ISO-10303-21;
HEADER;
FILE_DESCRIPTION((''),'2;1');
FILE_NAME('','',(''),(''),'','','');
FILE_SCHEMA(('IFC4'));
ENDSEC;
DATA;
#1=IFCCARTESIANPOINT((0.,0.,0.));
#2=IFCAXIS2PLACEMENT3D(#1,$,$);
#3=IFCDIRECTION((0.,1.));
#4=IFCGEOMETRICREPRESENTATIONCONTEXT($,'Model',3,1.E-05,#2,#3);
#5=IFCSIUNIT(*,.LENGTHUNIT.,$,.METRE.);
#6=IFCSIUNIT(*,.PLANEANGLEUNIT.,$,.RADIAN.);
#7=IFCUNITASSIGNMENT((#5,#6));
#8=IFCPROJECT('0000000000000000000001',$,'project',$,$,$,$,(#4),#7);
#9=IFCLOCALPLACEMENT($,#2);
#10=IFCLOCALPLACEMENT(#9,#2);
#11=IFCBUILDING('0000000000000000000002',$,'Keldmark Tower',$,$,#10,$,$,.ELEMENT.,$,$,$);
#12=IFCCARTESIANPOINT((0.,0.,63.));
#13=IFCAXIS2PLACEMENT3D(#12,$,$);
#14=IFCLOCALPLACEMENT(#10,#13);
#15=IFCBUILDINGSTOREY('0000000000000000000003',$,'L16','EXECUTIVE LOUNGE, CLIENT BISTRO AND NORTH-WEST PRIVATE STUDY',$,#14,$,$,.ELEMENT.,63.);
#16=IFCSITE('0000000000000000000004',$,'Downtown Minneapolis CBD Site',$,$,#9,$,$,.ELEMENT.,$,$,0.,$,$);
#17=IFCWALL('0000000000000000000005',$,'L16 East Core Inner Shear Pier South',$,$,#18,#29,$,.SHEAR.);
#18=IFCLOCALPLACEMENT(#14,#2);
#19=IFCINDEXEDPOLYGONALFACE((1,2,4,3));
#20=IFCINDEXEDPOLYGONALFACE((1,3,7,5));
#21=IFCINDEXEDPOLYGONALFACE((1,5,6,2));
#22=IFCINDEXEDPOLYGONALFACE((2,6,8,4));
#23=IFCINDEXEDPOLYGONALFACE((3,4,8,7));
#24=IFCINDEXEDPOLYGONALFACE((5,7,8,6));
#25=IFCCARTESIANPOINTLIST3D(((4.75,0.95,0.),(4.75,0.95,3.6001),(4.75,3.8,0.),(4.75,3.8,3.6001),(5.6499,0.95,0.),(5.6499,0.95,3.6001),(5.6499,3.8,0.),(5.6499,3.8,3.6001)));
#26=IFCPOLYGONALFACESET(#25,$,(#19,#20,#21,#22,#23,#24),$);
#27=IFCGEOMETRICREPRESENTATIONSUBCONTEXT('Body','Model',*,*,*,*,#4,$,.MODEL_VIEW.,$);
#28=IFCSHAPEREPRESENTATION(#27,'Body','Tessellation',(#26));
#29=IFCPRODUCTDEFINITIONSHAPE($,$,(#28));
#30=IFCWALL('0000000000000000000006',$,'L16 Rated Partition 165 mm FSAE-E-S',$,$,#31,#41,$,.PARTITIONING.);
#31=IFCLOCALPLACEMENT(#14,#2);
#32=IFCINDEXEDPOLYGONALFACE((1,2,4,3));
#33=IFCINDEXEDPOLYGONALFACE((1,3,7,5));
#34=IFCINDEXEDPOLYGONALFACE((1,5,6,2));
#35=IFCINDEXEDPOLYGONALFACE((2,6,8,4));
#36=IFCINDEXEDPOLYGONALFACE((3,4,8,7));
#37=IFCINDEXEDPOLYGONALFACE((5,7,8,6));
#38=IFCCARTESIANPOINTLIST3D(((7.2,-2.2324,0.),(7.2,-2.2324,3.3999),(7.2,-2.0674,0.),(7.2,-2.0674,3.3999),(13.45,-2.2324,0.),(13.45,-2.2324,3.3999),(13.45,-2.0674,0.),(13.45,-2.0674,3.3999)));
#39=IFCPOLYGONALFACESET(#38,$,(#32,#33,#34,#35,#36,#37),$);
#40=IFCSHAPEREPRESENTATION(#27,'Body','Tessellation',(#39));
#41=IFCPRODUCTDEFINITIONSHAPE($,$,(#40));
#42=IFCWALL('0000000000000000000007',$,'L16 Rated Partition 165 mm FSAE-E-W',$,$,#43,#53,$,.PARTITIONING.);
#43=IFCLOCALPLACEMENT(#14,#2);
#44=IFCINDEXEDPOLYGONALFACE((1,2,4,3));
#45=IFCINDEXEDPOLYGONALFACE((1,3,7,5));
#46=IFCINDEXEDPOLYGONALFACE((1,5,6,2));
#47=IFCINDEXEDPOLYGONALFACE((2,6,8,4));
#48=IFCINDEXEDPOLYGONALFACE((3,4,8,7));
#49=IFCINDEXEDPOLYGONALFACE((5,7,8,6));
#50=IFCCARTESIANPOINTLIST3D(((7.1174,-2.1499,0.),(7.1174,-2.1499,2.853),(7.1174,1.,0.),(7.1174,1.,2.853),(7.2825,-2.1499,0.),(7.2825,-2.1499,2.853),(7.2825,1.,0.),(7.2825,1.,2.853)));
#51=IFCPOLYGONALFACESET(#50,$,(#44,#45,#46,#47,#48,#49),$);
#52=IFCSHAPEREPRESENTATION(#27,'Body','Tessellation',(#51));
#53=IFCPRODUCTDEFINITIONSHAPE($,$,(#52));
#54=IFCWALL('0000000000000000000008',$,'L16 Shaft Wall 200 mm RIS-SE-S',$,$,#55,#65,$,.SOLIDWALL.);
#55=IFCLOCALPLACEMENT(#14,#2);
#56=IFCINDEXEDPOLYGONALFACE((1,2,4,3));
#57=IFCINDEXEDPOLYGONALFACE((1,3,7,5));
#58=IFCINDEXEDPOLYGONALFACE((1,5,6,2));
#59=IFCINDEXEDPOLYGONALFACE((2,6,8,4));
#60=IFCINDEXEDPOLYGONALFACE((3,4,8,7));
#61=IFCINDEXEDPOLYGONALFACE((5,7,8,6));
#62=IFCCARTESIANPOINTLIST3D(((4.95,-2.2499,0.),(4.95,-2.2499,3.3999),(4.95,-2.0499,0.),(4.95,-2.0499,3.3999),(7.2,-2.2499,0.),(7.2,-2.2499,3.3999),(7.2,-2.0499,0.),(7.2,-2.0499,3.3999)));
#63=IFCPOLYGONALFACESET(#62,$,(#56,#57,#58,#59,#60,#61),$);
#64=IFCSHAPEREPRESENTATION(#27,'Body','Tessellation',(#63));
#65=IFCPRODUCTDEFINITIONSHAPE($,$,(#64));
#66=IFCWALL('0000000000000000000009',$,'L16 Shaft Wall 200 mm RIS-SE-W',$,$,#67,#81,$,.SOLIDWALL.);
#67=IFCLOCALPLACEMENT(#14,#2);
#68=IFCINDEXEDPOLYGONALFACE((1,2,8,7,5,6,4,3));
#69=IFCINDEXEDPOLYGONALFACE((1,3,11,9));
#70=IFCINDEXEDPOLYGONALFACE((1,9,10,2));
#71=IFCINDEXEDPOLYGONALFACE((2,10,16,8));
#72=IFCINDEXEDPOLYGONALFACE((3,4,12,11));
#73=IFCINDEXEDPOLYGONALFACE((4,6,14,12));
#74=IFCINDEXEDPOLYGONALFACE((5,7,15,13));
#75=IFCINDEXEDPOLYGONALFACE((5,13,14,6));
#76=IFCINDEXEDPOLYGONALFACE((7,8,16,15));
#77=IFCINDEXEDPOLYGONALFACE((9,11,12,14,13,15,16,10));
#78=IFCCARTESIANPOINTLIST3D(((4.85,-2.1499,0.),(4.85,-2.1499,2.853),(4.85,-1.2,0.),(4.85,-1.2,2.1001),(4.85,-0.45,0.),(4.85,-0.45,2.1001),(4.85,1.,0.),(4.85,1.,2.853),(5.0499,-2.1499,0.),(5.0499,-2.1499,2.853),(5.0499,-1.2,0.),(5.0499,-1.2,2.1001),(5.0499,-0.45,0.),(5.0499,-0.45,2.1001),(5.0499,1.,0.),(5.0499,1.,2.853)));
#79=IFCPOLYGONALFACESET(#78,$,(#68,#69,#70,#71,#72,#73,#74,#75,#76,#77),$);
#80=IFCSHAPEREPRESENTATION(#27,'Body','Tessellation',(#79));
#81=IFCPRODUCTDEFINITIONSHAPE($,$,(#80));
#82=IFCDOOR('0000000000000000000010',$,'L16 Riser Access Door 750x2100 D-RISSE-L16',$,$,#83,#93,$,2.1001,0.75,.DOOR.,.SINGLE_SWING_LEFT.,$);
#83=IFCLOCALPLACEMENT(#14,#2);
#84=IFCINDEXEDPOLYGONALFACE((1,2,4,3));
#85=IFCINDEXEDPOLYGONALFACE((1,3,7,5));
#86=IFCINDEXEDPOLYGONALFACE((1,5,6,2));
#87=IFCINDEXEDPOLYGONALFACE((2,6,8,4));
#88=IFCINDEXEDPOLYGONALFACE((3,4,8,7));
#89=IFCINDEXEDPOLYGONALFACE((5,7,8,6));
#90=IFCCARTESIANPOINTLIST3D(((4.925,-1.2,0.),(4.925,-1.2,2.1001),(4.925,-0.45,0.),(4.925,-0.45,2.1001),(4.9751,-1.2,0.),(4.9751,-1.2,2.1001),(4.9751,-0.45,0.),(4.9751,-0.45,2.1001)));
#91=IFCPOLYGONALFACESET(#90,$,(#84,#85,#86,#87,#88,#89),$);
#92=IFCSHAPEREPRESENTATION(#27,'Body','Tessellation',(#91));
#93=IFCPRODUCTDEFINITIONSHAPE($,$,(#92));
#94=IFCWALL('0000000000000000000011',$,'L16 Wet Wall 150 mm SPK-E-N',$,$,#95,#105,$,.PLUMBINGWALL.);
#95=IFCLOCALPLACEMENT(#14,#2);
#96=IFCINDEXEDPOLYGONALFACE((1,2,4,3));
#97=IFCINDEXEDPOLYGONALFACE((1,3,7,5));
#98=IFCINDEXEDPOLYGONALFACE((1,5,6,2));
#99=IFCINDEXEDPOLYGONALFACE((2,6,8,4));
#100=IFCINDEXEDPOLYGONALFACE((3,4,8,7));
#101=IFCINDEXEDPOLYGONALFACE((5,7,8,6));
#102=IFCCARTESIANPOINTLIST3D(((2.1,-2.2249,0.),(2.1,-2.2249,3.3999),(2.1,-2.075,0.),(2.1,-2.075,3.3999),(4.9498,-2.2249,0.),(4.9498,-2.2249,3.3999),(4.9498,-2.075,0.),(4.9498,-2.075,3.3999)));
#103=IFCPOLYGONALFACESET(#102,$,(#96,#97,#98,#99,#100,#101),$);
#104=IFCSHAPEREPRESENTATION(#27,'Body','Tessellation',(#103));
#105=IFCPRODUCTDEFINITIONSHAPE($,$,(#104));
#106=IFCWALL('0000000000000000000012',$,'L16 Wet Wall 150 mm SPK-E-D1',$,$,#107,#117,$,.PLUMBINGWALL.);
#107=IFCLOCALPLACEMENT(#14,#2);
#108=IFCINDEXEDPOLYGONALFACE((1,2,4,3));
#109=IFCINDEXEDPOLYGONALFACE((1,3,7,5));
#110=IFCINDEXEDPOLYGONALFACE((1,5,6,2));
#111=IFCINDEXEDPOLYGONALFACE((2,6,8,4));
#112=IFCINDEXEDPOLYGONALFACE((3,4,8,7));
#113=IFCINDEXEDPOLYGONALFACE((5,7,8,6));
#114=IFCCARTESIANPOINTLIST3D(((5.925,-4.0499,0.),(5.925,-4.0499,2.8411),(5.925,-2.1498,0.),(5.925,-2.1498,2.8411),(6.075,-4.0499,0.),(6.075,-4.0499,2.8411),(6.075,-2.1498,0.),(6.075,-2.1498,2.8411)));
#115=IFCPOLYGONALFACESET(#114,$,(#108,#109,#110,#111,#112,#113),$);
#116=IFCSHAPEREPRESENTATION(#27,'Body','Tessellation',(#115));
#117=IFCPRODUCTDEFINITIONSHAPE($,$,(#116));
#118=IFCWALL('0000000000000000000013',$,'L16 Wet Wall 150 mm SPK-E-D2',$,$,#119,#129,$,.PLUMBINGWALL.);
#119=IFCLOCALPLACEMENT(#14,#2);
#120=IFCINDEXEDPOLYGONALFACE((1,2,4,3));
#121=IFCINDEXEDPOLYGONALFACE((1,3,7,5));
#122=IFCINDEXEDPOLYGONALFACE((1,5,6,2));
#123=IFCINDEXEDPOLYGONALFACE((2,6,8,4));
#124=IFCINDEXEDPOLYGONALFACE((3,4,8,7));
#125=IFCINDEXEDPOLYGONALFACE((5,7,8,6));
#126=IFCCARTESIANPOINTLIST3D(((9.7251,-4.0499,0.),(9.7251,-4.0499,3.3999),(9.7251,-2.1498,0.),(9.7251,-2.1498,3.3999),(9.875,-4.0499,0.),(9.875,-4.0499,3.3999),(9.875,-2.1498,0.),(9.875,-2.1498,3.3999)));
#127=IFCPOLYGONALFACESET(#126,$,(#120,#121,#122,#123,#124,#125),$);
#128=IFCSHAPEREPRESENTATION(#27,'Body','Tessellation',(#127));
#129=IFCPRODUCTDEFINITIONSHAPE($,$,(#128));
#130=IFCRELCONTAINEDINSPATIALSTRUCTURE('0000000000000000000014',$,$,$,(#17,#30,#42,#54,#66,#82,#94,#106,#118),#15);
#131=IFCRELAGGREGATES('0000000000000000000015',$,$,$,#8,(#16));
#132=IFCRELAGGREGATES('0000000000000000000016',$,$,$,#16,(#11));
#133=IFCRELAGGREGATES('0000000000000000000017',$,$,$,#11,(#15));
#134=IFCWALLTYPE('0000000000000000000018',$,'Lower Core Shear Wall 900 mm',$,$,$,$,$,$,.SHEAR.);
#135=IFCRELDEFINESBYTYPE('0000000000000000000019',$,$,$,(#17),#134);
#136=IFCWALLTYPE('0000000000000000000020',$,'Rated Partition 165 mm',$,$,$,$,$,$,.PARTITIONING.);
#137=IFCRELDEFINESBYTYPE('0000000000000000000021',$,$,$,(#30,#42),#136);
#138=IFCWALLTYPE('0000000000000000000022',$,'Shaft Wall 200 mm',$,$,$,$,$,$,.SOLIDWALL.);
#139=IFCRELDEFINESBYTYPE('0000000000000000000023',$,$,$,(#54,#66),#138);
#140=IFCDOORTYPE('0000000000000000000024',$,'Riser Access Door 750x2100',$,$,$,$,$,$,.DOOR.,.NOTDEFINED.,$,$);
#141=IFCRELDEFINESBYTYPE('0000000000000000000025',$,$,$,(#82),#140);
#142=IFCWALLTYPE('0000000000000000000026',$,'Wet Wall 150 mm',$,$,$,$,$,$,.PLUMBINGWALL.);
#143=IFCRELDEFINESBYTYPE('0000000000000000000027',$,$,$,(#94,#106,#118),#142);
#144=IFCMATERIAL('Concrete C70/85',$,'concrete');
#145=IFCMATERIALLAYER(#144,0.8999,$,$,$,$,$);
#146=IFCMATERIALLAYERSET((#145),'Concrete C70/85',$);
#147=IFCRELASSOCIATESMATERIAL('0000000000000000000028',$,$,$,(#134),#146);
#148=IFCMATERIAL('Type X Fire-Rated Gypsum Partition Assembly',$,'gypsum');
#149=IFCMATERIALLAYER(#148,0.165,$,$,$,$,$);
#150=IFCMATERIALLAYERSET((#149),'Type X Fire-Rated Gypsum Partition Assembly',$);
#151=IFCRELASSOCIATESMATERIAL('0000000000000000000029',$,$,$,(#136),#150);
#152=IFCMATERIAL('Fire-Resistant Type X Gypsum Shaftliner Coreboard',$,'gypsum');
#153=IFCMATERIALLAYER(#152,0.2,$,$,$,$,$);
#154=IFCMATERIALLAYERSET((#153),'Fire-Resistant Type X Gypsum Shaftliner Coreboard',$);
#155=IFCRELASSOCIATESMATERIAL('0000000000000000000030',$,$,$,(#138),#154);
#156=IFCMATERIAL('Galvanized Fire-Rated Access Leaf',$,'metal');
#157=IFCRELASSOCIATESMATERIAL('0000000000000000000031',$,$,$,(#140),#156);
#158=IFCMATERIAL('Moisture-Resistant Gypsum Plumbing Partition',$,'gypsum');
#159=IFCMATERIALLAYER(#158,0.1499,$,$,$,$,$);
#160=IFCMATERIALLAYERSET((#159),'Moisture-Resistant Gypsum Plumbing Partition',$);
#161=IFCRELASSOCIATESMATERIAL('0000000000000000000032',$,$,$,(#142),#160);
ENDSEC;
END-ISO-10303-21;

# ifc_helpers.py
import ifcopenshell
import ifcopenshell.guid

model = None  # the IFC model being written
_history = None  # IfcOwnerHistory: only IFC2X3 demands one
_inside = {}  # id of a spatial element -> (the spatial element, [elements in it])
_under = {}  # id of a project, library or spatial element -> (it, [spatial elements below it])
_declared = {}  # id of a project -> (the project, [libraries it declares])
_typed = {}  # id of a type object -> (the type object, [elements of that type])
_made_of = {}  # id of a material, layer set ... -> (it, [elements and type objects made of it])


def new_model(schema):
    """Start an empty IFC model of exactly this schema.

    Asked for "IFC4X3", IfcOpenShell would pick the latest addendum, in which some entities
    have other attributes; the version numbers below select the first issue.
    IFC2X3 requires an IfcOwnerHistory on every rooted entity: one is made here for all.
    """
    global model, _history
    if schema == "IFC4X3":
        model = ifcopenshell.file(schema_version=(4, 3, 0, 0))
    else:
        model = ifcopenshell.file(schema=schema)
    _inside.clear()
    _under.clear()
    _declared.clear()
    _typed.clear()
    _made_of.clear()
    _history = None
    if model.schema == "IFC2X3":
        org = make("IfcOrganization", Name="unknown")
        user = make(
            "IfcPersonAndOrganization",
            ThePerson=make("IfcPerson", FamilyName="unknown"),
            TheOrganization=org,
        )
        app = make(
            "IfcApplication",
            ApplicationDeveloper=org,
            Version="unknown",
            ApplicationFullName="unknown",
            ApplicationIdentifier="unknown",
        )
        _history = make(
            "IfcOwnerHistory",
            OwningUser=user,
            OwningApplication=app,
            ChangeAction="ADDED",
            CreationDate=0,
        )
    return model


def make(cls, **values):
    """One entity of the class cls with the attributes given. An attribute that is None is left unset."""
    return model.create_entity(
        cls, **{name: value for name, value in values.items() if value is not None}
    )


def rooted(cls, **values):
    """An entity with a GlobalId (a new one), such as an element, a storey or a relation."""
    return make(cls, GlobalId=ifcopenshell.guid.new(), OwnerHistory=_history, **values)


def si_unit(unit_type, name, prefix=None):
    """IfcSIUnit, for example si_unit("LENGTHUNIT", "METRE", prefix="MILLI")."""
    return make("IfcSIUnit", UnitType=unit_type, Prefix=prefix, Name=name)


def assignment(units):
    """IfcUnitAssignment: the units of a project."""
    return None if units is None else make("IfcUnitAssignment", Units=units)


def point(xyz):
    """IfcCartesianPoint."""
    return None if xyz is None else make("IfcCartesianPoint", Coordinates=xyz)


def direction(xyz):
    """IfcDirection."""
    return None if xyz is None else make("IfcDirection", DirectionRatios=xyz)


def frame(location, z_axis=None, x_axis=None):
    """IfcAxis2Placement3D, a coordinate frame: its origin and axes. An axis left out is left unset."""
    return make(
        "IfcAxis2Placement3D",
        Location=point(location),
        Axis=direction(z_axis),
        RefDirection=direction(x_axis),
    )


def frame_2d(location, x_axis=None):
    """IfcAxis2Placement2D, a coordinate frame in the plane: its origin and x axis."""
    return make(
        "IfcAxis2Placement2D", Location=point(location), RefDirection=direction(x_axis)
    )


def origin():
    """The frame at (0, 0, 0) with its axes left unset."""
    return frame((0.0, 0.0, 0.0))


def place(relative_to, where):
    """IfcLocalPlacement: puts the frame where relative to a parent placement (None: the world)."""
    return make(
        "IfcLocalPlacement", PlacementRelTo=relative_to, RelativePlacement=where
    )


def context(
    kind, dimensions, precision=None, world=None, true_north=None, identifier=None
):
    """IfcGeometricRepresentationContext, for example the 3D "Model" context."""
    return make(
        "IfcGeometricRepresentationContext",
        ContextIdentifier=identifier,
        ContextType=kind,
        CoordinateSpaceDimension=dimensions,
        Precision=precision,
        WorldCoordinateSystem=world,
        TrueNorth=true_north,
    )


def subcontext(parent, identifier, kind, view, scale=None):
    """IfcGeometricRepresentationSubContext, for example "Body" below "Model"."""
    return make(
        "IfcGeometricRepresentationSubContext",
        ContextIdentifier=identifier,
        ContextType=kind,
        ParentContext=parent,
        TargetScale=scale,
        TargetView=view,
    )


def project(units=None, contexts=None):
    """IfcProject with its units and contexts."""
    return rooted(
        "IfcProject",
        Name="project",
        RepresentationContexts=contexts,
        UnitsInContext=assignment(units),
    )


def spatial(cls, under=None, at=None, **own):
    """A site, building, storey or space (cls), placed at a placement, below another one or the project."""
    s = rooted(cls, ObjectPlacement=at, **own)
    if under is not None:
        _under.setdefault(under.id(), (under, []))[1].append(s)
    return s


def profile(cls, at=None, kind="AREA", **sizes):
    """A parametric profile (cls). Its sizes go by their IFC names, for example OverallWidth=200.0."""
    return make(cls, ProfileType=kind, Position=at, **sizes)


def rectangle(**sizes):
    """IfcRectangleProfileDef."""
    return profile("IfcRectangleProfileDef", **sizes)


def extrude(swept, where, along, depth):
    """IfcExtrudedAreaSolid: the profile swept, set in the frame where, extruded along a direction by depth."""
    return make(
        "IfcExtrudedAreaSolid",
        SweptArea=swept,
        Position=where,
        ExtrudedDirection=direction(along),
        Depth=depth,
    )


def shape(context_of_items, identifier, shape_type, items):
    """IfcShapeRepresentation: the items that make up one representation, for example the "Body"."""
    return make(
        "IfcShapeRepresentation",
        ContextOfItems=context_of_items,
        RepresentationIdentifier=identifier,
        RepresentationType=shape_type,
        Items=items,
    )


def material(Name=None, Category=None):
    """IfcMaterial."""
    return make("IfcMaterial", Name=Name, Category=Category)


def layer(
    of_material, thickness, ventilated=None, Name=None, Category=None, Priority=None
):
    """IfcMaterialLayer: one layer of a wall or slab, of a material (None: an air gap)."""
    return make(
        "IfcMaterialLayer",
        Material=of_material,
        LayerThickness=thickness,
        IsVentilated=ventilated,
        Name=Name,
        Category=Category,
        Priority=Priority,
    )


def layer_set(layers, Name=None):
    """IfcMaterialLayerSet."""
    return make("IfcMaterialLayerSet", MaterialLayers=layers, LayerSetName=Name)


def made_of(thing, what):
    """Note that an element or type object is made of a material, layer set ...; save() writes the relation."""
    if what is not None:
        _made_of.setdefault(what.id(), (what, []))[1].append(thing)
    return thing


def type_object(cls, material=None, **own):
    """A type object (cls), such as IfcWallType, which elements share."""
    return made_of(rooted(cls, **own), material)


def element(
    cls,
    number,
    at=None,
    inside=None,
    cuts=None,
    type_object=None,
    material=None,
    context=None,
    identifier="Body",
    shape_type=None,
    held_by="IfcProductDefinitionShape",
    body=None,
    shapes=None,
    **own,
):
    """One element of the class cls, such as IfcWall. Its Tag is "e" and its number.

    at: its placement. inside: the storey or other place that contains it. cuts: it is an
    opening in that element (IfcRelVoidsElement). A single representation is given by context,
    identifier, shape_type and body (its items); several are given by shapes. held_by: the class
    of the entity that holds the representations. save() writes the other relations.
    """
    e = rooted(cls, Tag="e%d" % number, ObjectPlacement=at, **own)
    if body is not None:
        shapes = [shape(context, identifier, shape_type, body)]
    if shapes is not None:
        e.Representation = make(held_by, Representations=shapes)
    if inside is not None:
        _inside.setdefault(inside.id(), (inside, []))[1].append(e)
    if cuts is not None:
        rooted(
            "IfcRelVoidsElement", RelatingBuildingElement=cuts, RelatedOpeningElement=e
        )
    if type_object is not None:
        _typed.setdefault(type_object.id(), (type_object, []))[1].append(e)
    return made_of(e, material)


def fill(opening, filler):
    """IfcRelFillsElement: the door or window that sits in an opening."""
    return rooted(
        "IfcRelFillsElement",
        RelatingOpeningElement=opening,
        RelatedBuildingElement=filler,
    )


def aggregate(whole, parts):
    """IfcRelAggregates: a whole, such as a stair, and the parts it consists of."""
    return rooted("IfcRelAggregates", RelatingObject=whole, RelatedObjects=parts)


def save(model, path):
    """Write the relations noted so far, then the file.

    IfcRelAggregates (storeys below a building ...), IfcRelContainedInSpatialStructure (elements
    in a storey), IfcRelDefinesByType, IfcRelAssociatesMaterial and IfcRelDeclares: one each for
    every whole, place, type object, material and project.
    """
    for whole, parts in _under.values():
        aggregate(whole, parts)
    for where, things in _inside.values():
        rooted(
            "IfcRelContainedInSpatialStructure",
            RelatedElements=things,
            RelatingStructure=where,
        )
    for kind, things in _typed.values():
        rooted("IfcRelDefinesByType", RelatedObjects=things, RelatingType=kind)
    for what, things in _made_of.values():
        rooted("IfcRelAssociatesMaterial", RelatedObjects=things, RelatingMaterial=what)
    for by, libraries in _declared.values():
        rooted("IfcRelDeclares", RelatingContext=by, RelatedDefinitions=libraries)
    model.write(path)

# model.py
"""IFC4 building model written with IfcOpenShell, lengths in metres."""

from ifc_helpers import new_model, si_unit, direction, frame, frame_2d, origin, place, context, subcontext, project, spatial, rectangle, extrude, material, layer, layer_set, type_object, element, fill, save


model = new_model("IFC4")

# Units and contexts
model_context = context("Model", 3, precision=1e-05, world=origin(), true_north=direction((0.0, 1.0)))
body_context = subcontext(model_context, "Body", "Model", "MODEL_VIEW")
ifc_project = project(units=[si_unit("LENGTHUNIT", "METRE"), si_unit("PLANEANGLEUNIT", "RADIAN")], contexts=[model_context])

# Site, building, storey
site_placement = place(None, origin())
site = spatial("IfcSite", under=ifc_project, at=site_placement, Name="Downtown Minneapolis CBD Site", CompositionType="ELEMENT", RefElevation=0.0)
building_placement = place(site_placement, origin())
building = spatial("IfcBuilding", under=site, at=building_placement, Name="Keldmark Tower", CompositionType="ELEMENT")
storey_placement = place(building_placement, frame((0.0, 0.0, 63.0)))
storey = spatial("IfcBuildingStorey", under=building, at=storey_placement, Name="L16", Description="EXECUTIVE LOUNGE, CLIENT BISTRO AND NORTH-WEST PRIVATE STUDY", CompositionType="ELEMENT", Elevation=63.0)

# Walls
ifc_material_1 = material(Name="Concrete C70/85", Category="concrete")
ifc_layer_1 = layer(ifc_material_1, 0.8999)
ifc_layer_set_1 = layer_set([ifc_layer_1], Name="Concrete C70/85")
wall_type_1 = type_object("IfcWallType", Name="Lower Core Shear Wall 900 mm", PredefinedType="SHEAR", material=ifc_layer_set_1)
wall_1_placement = place(storey_placement, frame((5.2, 0.95, 0.0), z_axis=(0.0, 0.0, 1.0), x_axis=(0.0, 1.0, 0.0)))
element("IfcWall", 1, at=wall_1_placement, inside=storey, type_object=wall_type_1, Name="L16 East Core Inner Shear Pier South", PredefinedType="SHEAR", context=body_context, shape_type="SweptSolid", body=[
    extrude(rectangle(XDim=2.8501, YDim=0.8999, at=frame_2d((1.425, 0.0))), origin(), (0.0, 0.0, 1.0), 3.6001),
])
ifc_material_2 = material(Name="Type X Fire-Rated Gypsum Partition Assembly", Category="gypsum")
ifc_layer_2 = layer(ifc_material_2, 0.165)
ifc_layer_set_2 = layer_set([ifc_layer_2], Name="Type X Fire-Rated Gypsum Partition Assembly")
wall_type_2 = type_object("IfcWallType", Name="Rated Partition 165 mm", PredefinedType="PARTITIONING", material=ifc_layer_set_2)
wall_2_placement = place(storey_placement, frame((7.2, -2.1499, 0.0), z_axis=(0.0, 0.0, 1.0), x_axis=(1.0, 0.0, 0.0)))
element("IfcWall", 2, at=wall_2_placement, inside=storey, type_object=wall_type_2, Name="L16 Rated Partition 165 mm FSAE-E-S", PredefinedType="PARTITIONING", context=body_context, shape_type="SweptSolid", body=[
    extrude(rectangle(XDim=6.25, YDim=0.165, at=frame_2d((3.125, 0.0))), origin(), (0.0, 0.0, 1.0), 3.3999),
])
wall_3_placement = place(storey_placement, frame((7.2, -2.1499, 0.0), z_axis=(0.0, 0.0, 1.0), x_axis=(0.0, 1.0, 0.0)))
element("IfcWall", 3, at=wall_3_placement, inside=storey, type_object=wall_type_2, Name="L16 Rated Partition 165 mm FSAE-E-W", PredefinedType="PARTITIONING", context=body_context, shape_type="SweptSolid", body=[
    extrude(rectangle(XDim=3.1499, YDim=0.165, at=frame_2d((1.575, 0.0))), origin(), (0.0, 0.0, 1.0), 2.853),
])

# Wall
ifc_material_3 = material(Name="Fire-Resistant Type X Gypsum Shaftliner Coreboard", Category="gypsum")
ifc_layer_3 = layer(ifc_material_3, 0.2)
ifc_layer_set_3 = layer_set([ifc_layer_3], Name="Fire-Resistant Type X Gypsum Shaftliner Coreboard")
wall_type_3 = type_object("IfcWallType", Name="Shaft Wall 200 mm", PredefinedType="SOLIDWALL", material=ifc_layer_set_3)
wall_4_placement = place(storey_placement, frame((4.95, -2.1499, 0.0), z_axis=(0.0, 0.0, 1.0), x_axis=(1.0, 0.0, 0.0)))
element("IfcWall", 4, at=wall_4_placement, inside=storey, type_object=wall_type_3, Name="L16 Shaft Wall 200 mm RIS-SE-S", PredefinedType="SOLIDWALL", context=body_context, shape_type="SweptSolid", body=[
    extrude(rectangle(XDim=2.25, YDim=0.2, at=frame_2d((1.125, 0.0))), origin(), (0.0, 0.0, 1.0), 3.3999),
])

# Wall, opening, door
wall_5_placement = place(storey_placement, frame((4.95, -2.1499, 0.0), z_axis=(0.0, 0.0, 1.0), x_axis=(0.0, 1.0, 0.0)))
wall_5 = element("IfcWall", 5, at=wall_5_placement, inside=storey, type_object=wall_type_3, Name="L16 Shaft Wall 200 mm RIS-SE-W", PredefinedType="SOLIDWALL", context=body_context, shape_type="SweptSolid", body=[
    extrude(rectangle(XDim=3.1499, YDim=0.2, at=frame_2d((1.575, 0.0))), origin(), (0.0, 0.0, 1.0), 2.853),
])
opening_1_placement = place(wall_5_placement, frame((0.95, 0.0, 0.0)))
opening_1 = element("IfcOpeningElement", 6, at=opening_1_placement, cuts=wall_5, PredefinedType="OPENING", context=body_context, shape_type="SweptSolid", body=[
    extrude(rectangle(XDim=0.75, YDim=2.1001, at=frame_2d((0.375, 1.05))), frame((0.0, 0.1099, 0.0), z_axis=(0.0, -1.0, 0.0), x_axis=(1.0, 0.0, 0.0)), (0.0, 0.0, 1.0), 0.22),
])
ifc_material_4 = material(Name="Galvanized Fire-Rated Access Leaf", Category="metal")
door_type_1 = type_object("IfcDoorType", Name="Riser Access Door 750x2100", OperationType="NOTDEFINED", PredefinedType="DOOR", material=ifc_material_4)
door_1_placement = place(opening_1_placement, origin())
door_1 = element("IfcDoor", 7, at=door_1_placement, inside=storey, type_object=door_type_1, Name="L16 Riser Access Door 750x2100 D-RISSE-L16", OperationType="SINGLE_SWING_LEFT", OverallHeight=2.1001, OverallWidth=0.75, PredefinedType="DOOR", context=body_context, shape_type="SweptSolid", body=[
    extrude(rectangle(XDim=0.75, YDim=2.1001, at=frame_2d((0.375, 1.05))), frame((0.0, 0.0249, 0.0), z_axis=(0.0, -1.0, 0.0), x_axis=(1.0, 0.0, 0.0)), (0.0, 0.0, 1.0), 0.05),
])
fill(opening_1, door_1)

# Walls
ifc_material_5 = material(Name="Moisture-Resistant Gypsum Plumbing Partition", Category="gypsum")
ifc_layer_4 = layer(ifc_material_5, 0.1499)
ifc_layer_set_4 = layer_set([ifc_layer_4], Name="Moisture-Resistant Gypsum Plumbing Partition")
wall_type_4 = type_object("IfcWallType", Name="Wet Wall 150 mm", PredefinedType="PLUMBINGWALL", material=ifc_layer_set_4)
wall_6_placement = place(storey_placement, frame((2.1001, -2.1499, 0.0), z_axis=(0.0, 0.0, 1.0), x_axis=(1.0, 0.0, 0.0)))
element("IfcWall", 8, at=wall_6_placement, inside=storey, type_object=wall_type_4, Name="L16 Wet Wall 150 mm SPK-E-N", PredefinedType="PLUMBINGWALL", context=body_context, shape_type="SweptSolid", body=[
    extrude(rectangle(XDim=2.8499, YDim=0.1499, at=frame_2d((1.4248, 0.0))), origin(), (0.0, 0.0, 1.0), 3.3999),
])
wall_7_placement = place(storey_placement, frame((6.0, -4.05, 0.0), z_axis=(0.0, 0.0, 1.0), x_axis=(0.0, 1.0, 0.0)))
element("IfcWall", 9, at=wall_7_placement, inside=storey, type_object=wall_type_4, Name="L16 Wet Wall 150 mm SPK-E-D1", PredefinedType="PLUMBINGWALL", context=body_context, shape_type="SweptSolid", body=[
    extrude(rectangle(XDim=1.9001, YDim=0.1499, at=frame_2d((0.9502, 0.0))), origin(), (0.0, 0.0, 1.0), 2.8411),
])
wall_8_placement = place(storey_placement, frame((9.8, -4.05, 0.0), z_axis=(0.0, 0.0, 1.0), x_axis=(0.0, 1.0, 0.0)))
element("IfcWall", 10, at=wall_8_placement, inside=storey, type_object=wall_type_4, Name="L16 Wet Wall 150 mm SPK-E-D2", PredefinedType="PLUMBINGWALL", context=body_context, shape_type="SweptSolid", body=[
    extrude(rectangle(XDim=1.9001, YDim=0.1499, at=frame_2d((0.9502, 0.0))), origin(), (0.0, 0.0, 1.0), 3.3999),
])

save(model, "model.ifc")
